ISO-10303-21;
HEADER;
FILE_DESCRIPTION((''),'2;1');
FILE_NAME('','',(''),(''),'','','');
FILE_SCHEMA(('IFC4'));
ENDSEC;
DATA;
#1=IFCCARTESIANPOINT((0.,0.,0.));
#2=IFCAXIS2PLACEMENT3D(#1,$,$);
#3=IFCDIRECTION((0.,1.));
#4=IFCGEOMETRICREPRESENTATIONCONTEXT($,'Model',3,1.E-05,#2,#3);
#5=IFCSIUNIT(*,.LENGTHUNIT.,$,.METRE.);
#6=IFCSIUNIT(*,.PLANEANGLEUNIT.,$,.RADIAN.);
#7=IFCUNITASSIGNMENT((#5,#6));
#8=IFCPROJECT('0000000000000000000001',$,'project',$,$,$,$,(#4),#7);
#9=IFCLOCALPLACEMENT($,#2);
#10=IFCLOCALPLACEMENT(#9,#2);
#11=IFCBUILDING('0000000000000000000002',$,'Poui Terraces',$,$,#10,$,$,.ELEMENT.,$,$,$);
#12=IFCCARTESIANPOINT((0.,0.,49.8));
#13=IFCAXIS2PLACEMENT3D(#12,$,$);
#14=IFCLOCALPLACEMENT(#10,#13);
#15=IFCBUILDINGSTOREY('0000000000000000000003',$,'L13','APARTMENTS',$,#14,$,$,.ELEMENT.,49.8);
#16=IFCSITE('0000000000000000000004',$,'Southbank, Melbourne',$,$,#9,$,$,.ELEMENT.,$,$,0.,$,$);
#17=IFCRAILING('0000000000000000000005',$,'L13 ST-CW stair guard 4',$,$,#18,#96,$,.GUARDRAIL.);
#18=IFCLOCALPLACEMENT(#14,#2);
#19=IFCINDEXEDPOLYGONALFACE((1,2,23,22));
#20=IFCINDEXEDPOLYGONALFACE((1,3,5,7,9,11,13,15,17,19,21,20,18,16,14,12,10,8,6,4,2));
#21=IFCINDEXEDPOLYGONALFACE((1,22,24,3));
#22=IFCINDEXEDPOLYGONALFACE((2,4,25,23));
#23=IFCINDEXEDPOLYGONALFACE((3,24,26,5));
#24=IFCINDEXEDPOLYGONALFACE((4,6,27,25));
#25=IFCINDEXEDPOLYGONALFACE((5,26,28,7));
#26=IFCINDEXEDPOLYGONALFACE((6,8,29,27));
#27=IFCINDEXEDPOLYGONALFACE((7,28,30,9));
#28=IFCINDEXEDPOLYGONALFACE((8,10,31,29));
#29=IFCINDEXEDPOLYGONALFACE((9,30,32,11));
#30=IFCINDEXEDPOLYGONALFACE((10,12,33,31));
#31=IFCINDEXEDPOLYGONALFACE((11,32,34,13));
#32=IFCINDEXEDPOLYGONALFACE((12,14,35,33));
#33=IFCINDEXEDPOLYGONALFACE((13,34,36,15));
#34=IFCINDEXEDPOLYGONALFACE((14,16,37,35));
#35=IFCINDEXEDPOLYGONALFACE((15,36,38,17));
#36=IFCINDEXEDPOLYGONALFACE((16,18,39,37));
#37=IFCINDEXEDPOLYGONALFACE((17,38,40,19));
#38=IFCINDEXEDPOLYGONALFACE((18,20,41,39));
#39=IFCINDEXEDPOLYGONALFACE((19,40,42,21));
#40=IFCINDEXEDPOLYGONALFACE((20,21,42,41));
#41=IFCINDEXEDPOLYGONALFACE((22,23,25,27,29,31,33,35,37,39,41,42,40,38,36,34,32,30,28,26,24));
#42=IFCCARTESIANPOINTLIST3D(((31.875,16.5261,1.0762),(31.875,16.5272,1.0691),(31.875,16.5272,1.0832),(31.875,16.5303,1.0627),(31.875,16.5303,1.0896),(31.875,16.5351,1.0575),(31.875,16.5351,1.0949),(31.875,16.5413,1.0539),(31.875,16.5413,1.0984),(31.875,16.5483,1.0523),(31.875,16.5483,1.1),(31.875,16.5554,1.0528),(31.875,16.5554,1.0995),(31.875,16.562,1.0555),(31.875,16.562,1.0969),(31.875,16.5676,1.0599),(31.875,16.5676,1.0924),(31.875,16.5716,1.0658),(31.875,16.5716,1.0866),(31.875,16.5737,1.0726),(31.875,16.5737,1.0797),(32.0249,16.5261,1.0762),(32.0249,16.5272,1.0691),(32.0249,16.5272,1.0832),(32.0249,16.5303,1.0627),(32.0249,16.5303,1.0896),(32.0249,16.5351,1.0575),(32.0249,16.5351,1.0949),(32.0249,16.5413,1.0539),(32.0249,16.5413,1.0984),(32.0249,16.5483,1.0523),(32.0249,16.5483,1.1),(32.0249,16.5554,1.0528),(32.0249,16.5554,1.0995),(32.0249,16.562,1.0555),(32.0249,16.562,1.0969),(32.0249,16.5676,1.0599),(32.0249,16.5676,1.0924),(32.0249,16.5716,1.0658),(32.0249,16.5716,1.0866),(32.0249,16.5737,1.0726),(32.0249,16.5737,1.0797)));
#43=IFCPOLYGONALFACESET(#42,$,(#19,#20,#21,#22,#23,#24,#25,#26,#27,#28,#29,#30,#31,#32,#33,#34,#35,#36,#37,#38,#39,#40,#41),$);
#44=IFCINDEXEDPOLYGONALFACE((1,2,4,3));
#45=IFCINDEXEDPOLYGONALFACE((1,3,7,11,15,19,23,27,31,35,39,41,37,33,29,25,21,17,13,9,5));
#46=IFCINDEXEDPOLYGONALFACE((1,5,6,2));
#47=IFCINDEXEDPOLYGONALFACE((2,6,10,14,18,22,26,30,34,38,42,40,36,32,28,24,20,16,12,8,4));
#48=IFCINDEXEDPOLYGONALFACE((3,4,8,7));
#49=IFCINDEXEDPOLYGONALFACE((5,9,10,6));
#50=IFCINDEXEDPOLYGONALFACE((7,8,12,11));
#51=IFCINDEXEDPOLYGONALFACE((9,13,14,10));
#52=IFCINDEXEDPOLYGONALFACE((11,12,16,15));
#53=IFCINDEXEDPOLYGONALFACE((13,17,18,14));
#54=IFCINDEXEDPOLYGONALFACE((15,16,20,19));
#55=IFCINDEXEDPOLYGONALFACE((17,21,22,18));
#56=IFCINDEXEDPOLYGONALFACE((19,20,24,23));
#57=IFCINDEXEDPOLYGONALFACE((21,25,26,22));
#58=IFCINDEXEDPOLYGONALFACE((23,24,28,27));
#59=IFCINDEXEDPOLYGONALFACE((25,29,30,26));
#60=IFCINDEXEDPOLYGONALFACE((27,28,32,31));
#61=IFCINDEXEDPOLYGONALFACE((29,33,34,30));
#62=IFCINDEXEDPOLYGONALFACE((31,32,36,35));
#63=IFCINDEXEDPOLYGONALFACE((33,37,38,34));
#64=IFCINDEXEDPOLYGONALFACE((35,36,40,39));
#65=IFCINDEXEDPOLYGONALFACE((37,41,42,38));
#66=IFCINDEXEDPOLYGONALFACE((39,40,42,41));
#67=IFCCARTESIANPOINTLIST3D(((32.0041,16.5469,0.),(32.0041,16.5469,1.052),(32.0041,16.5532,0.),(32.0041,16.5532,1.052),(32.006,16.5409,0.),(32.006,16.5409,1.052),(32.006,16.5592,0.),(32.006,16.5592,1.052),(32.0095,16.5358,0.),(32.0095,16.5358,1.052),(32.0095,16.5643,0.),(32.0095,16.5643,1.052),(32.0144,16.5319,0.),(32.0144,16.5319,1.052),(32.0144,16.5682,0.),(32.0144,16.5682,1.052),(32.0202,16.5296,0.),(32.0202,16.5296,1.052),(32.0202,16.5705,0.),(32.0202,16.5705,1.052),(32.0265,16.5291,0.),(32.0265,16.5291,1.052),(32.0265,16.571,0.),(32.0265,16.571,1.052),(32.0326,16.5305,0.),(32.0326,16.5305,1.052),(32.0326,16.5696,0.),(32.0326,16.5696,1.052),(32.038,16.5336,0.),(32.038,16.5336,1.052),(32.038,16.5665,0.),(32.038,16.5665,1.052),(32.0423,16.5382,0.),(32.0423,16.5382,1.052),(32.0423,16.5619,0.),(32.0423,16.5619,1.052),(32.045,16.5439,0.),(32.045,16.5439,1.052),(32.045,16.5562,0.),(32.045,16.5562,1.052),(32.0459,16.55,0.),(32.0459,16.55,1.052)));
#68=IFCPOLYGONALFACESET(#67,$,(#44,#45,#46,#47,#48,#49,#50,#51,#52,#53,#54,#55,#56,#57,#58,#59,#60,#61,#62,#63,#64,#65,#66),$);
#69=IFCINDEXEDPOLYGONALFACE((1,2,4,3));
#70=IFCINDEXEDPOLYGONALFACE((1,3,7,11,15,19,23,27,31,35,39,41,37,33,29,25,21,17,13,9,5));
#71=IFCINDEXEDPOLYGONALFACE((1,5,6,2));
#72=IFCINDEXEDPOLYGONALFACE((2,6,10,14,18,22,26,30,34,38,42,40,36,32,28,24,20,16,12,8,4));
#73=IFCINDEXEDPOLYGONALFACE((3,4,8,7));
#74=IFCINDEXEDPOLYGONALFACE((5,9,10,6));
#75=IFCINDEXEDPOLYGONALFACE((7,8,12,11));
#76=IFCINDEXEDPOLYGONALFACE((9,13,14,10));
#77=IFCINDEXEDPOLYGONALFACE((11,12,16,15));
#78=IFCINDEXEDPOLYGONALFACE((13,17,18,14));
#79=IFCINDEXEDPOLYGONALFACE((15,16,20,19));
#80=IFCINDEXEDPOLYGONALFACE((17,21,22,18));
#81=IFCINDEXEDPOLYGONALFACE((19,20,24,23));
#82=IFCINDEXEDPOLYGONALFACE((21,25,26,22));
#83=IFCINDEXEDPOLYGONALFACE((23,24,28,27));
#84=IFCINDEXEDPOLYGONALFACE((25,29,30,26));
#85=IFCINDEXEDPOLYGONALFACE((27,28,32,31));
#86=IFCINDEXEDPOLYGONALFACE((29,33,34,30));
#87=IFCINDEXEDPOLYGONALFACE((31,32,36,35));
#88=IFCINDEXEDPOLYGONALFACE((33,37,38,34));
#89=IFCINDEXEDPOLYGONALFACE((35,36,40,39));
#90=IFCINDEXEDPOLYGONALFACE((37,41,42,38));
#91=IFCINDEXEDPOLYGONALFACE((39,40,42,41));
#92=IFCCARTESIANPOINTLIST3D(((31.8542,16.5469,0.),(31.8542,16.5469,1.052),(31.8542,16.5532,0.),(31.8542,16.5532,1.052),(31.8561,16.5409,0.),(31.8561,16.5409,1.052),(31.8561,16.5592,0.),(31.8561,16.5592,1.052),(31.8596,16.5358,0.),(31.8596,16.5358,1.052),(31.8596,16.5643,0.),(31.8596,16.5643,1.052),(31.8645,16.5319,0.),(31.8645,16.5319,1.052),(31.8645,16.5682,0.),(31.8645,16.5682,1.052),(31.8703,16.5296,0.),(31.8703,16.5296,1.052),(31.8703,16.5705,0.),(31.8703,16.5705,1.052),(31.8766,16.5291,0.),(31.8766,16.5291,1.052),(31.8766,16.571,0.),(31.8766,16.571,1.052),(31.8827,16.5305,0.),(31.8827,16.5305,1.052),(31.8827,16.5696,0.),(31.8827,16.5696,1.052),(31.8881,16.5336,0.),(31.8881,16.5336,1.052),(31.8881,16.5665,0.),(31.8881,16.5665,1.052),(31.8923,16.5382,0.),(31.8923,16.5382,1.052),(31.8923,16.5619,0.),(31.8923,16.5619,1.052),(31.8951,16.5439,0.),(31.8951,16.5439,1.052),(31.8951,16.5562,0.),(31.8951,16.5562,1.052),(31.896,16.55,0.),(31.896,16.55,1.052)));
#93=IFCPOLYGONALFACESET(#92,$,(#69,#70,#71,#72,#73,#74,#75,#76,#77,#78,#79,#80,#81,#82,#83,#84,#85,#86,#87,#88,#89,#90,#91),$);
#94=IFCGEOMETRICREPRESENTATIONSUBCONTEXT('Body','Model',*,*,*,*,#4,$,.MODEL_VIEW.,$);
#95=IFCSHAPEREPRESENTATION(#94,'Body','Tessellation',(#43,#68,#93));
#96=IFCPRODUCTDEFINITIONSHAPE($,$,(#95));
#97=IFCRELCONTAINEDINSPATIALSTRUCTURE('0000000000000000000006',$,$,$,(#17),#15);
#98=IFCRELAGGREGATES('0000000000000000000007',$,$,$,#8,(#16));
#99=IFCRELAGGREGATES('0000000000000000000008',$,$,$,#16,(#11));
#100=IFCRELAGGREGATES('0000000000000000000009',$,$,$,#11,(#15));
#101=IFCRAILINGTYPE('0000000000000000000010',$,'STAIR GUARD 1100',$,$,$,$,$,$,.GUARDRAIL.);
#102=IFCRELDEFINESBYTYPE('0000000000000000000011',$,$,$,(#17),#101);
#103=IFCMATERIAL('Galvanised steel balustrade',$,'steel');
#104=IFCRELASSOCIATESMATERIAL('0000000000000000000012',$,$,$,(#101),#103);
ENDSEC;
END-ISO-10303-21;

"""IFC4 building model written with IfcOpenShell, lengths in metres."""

from ifc_helpers import new_model, si_unit, direction, frame, origin, origin_2d, place, context, subcontext, project, spatial, circle, extrude, material, type_object, element, save


model = new_model("IFC4")

# Units and contexts
model_context = context("Model", 3, precision=1e-05, world=origin(), true_north=direction((0.0, 1.0)))
body_context = subcontext(model_context, "Body", "Model", "MODEL_VIEW")
ifc_project = project(units=[si_unit("LENGTHUNIT", "METRE"), si_unit("PLANEANGLEUNIT", "RADIAN")], contexts=[model_context])

# Site, building, storey
site_placement = place(None, origin())
site = spatial("IfcSite", under=ifc_project, at=site_placement, Name="Southbank, Melbourne", CompositionType="ELEMENT", RefElevation=0.0)
building_placement = place(site_placement, origin())
building = spatial("IfcBuilding", under=site, at=building_placement, Name="Poui Terraces", CompositionType="ELEMENT")
storey_placement = place(building_placement, frame((0.0, 0.0, 49.8)))
storey = spatial("IfcBuildingStorey", under=building, at=storey_placement, Name="L13", Description="APARTMENTS", CompositionType="ELEMENT", Elevation=49.8)

# Railing
ifc_material_1 = material(Name="Galvanised steel balustrade", Category="steel")
railing_type_1 = type_object("IfcRailingType", Name="STAIR GUARD 1100", PredefinedType="GUARDRAIL", material=ifc_material_1)
railing_1_placement = place(storey_placement, frame((32.0249, 16.55, 0.0)))
element("IfcRailing", 1, at=railing_1_placement, inside=storey, type_object=railing_type_1, Name="L13 ST-CW stair guard 4", PredefinedType="GUARDRAIL", context=body_context, shape_type="SweptSolid", body=[
    extrude(circle(Radius=0.0239, at=origin_2d()), frame((0.0, 0.0, 1.0762), z_axis=(-1.0, 0.0, 0.0), x_axis=(0.0, -1.0, 0.0)), (0.0, 0.0, 1.0), 0.1499),
    extrude(circle(Radius=0.021, at=origin_2d()), origin(), (0.0, 0.0, 1.0), 1.052),
    extrude(circle(Radius=0.021, at=origin_2d()), frame((-0.1499, 0.0, 0.0)), (0.0, 0.0, 1.0), 1.052),
])

save(model, "model.ifc")
